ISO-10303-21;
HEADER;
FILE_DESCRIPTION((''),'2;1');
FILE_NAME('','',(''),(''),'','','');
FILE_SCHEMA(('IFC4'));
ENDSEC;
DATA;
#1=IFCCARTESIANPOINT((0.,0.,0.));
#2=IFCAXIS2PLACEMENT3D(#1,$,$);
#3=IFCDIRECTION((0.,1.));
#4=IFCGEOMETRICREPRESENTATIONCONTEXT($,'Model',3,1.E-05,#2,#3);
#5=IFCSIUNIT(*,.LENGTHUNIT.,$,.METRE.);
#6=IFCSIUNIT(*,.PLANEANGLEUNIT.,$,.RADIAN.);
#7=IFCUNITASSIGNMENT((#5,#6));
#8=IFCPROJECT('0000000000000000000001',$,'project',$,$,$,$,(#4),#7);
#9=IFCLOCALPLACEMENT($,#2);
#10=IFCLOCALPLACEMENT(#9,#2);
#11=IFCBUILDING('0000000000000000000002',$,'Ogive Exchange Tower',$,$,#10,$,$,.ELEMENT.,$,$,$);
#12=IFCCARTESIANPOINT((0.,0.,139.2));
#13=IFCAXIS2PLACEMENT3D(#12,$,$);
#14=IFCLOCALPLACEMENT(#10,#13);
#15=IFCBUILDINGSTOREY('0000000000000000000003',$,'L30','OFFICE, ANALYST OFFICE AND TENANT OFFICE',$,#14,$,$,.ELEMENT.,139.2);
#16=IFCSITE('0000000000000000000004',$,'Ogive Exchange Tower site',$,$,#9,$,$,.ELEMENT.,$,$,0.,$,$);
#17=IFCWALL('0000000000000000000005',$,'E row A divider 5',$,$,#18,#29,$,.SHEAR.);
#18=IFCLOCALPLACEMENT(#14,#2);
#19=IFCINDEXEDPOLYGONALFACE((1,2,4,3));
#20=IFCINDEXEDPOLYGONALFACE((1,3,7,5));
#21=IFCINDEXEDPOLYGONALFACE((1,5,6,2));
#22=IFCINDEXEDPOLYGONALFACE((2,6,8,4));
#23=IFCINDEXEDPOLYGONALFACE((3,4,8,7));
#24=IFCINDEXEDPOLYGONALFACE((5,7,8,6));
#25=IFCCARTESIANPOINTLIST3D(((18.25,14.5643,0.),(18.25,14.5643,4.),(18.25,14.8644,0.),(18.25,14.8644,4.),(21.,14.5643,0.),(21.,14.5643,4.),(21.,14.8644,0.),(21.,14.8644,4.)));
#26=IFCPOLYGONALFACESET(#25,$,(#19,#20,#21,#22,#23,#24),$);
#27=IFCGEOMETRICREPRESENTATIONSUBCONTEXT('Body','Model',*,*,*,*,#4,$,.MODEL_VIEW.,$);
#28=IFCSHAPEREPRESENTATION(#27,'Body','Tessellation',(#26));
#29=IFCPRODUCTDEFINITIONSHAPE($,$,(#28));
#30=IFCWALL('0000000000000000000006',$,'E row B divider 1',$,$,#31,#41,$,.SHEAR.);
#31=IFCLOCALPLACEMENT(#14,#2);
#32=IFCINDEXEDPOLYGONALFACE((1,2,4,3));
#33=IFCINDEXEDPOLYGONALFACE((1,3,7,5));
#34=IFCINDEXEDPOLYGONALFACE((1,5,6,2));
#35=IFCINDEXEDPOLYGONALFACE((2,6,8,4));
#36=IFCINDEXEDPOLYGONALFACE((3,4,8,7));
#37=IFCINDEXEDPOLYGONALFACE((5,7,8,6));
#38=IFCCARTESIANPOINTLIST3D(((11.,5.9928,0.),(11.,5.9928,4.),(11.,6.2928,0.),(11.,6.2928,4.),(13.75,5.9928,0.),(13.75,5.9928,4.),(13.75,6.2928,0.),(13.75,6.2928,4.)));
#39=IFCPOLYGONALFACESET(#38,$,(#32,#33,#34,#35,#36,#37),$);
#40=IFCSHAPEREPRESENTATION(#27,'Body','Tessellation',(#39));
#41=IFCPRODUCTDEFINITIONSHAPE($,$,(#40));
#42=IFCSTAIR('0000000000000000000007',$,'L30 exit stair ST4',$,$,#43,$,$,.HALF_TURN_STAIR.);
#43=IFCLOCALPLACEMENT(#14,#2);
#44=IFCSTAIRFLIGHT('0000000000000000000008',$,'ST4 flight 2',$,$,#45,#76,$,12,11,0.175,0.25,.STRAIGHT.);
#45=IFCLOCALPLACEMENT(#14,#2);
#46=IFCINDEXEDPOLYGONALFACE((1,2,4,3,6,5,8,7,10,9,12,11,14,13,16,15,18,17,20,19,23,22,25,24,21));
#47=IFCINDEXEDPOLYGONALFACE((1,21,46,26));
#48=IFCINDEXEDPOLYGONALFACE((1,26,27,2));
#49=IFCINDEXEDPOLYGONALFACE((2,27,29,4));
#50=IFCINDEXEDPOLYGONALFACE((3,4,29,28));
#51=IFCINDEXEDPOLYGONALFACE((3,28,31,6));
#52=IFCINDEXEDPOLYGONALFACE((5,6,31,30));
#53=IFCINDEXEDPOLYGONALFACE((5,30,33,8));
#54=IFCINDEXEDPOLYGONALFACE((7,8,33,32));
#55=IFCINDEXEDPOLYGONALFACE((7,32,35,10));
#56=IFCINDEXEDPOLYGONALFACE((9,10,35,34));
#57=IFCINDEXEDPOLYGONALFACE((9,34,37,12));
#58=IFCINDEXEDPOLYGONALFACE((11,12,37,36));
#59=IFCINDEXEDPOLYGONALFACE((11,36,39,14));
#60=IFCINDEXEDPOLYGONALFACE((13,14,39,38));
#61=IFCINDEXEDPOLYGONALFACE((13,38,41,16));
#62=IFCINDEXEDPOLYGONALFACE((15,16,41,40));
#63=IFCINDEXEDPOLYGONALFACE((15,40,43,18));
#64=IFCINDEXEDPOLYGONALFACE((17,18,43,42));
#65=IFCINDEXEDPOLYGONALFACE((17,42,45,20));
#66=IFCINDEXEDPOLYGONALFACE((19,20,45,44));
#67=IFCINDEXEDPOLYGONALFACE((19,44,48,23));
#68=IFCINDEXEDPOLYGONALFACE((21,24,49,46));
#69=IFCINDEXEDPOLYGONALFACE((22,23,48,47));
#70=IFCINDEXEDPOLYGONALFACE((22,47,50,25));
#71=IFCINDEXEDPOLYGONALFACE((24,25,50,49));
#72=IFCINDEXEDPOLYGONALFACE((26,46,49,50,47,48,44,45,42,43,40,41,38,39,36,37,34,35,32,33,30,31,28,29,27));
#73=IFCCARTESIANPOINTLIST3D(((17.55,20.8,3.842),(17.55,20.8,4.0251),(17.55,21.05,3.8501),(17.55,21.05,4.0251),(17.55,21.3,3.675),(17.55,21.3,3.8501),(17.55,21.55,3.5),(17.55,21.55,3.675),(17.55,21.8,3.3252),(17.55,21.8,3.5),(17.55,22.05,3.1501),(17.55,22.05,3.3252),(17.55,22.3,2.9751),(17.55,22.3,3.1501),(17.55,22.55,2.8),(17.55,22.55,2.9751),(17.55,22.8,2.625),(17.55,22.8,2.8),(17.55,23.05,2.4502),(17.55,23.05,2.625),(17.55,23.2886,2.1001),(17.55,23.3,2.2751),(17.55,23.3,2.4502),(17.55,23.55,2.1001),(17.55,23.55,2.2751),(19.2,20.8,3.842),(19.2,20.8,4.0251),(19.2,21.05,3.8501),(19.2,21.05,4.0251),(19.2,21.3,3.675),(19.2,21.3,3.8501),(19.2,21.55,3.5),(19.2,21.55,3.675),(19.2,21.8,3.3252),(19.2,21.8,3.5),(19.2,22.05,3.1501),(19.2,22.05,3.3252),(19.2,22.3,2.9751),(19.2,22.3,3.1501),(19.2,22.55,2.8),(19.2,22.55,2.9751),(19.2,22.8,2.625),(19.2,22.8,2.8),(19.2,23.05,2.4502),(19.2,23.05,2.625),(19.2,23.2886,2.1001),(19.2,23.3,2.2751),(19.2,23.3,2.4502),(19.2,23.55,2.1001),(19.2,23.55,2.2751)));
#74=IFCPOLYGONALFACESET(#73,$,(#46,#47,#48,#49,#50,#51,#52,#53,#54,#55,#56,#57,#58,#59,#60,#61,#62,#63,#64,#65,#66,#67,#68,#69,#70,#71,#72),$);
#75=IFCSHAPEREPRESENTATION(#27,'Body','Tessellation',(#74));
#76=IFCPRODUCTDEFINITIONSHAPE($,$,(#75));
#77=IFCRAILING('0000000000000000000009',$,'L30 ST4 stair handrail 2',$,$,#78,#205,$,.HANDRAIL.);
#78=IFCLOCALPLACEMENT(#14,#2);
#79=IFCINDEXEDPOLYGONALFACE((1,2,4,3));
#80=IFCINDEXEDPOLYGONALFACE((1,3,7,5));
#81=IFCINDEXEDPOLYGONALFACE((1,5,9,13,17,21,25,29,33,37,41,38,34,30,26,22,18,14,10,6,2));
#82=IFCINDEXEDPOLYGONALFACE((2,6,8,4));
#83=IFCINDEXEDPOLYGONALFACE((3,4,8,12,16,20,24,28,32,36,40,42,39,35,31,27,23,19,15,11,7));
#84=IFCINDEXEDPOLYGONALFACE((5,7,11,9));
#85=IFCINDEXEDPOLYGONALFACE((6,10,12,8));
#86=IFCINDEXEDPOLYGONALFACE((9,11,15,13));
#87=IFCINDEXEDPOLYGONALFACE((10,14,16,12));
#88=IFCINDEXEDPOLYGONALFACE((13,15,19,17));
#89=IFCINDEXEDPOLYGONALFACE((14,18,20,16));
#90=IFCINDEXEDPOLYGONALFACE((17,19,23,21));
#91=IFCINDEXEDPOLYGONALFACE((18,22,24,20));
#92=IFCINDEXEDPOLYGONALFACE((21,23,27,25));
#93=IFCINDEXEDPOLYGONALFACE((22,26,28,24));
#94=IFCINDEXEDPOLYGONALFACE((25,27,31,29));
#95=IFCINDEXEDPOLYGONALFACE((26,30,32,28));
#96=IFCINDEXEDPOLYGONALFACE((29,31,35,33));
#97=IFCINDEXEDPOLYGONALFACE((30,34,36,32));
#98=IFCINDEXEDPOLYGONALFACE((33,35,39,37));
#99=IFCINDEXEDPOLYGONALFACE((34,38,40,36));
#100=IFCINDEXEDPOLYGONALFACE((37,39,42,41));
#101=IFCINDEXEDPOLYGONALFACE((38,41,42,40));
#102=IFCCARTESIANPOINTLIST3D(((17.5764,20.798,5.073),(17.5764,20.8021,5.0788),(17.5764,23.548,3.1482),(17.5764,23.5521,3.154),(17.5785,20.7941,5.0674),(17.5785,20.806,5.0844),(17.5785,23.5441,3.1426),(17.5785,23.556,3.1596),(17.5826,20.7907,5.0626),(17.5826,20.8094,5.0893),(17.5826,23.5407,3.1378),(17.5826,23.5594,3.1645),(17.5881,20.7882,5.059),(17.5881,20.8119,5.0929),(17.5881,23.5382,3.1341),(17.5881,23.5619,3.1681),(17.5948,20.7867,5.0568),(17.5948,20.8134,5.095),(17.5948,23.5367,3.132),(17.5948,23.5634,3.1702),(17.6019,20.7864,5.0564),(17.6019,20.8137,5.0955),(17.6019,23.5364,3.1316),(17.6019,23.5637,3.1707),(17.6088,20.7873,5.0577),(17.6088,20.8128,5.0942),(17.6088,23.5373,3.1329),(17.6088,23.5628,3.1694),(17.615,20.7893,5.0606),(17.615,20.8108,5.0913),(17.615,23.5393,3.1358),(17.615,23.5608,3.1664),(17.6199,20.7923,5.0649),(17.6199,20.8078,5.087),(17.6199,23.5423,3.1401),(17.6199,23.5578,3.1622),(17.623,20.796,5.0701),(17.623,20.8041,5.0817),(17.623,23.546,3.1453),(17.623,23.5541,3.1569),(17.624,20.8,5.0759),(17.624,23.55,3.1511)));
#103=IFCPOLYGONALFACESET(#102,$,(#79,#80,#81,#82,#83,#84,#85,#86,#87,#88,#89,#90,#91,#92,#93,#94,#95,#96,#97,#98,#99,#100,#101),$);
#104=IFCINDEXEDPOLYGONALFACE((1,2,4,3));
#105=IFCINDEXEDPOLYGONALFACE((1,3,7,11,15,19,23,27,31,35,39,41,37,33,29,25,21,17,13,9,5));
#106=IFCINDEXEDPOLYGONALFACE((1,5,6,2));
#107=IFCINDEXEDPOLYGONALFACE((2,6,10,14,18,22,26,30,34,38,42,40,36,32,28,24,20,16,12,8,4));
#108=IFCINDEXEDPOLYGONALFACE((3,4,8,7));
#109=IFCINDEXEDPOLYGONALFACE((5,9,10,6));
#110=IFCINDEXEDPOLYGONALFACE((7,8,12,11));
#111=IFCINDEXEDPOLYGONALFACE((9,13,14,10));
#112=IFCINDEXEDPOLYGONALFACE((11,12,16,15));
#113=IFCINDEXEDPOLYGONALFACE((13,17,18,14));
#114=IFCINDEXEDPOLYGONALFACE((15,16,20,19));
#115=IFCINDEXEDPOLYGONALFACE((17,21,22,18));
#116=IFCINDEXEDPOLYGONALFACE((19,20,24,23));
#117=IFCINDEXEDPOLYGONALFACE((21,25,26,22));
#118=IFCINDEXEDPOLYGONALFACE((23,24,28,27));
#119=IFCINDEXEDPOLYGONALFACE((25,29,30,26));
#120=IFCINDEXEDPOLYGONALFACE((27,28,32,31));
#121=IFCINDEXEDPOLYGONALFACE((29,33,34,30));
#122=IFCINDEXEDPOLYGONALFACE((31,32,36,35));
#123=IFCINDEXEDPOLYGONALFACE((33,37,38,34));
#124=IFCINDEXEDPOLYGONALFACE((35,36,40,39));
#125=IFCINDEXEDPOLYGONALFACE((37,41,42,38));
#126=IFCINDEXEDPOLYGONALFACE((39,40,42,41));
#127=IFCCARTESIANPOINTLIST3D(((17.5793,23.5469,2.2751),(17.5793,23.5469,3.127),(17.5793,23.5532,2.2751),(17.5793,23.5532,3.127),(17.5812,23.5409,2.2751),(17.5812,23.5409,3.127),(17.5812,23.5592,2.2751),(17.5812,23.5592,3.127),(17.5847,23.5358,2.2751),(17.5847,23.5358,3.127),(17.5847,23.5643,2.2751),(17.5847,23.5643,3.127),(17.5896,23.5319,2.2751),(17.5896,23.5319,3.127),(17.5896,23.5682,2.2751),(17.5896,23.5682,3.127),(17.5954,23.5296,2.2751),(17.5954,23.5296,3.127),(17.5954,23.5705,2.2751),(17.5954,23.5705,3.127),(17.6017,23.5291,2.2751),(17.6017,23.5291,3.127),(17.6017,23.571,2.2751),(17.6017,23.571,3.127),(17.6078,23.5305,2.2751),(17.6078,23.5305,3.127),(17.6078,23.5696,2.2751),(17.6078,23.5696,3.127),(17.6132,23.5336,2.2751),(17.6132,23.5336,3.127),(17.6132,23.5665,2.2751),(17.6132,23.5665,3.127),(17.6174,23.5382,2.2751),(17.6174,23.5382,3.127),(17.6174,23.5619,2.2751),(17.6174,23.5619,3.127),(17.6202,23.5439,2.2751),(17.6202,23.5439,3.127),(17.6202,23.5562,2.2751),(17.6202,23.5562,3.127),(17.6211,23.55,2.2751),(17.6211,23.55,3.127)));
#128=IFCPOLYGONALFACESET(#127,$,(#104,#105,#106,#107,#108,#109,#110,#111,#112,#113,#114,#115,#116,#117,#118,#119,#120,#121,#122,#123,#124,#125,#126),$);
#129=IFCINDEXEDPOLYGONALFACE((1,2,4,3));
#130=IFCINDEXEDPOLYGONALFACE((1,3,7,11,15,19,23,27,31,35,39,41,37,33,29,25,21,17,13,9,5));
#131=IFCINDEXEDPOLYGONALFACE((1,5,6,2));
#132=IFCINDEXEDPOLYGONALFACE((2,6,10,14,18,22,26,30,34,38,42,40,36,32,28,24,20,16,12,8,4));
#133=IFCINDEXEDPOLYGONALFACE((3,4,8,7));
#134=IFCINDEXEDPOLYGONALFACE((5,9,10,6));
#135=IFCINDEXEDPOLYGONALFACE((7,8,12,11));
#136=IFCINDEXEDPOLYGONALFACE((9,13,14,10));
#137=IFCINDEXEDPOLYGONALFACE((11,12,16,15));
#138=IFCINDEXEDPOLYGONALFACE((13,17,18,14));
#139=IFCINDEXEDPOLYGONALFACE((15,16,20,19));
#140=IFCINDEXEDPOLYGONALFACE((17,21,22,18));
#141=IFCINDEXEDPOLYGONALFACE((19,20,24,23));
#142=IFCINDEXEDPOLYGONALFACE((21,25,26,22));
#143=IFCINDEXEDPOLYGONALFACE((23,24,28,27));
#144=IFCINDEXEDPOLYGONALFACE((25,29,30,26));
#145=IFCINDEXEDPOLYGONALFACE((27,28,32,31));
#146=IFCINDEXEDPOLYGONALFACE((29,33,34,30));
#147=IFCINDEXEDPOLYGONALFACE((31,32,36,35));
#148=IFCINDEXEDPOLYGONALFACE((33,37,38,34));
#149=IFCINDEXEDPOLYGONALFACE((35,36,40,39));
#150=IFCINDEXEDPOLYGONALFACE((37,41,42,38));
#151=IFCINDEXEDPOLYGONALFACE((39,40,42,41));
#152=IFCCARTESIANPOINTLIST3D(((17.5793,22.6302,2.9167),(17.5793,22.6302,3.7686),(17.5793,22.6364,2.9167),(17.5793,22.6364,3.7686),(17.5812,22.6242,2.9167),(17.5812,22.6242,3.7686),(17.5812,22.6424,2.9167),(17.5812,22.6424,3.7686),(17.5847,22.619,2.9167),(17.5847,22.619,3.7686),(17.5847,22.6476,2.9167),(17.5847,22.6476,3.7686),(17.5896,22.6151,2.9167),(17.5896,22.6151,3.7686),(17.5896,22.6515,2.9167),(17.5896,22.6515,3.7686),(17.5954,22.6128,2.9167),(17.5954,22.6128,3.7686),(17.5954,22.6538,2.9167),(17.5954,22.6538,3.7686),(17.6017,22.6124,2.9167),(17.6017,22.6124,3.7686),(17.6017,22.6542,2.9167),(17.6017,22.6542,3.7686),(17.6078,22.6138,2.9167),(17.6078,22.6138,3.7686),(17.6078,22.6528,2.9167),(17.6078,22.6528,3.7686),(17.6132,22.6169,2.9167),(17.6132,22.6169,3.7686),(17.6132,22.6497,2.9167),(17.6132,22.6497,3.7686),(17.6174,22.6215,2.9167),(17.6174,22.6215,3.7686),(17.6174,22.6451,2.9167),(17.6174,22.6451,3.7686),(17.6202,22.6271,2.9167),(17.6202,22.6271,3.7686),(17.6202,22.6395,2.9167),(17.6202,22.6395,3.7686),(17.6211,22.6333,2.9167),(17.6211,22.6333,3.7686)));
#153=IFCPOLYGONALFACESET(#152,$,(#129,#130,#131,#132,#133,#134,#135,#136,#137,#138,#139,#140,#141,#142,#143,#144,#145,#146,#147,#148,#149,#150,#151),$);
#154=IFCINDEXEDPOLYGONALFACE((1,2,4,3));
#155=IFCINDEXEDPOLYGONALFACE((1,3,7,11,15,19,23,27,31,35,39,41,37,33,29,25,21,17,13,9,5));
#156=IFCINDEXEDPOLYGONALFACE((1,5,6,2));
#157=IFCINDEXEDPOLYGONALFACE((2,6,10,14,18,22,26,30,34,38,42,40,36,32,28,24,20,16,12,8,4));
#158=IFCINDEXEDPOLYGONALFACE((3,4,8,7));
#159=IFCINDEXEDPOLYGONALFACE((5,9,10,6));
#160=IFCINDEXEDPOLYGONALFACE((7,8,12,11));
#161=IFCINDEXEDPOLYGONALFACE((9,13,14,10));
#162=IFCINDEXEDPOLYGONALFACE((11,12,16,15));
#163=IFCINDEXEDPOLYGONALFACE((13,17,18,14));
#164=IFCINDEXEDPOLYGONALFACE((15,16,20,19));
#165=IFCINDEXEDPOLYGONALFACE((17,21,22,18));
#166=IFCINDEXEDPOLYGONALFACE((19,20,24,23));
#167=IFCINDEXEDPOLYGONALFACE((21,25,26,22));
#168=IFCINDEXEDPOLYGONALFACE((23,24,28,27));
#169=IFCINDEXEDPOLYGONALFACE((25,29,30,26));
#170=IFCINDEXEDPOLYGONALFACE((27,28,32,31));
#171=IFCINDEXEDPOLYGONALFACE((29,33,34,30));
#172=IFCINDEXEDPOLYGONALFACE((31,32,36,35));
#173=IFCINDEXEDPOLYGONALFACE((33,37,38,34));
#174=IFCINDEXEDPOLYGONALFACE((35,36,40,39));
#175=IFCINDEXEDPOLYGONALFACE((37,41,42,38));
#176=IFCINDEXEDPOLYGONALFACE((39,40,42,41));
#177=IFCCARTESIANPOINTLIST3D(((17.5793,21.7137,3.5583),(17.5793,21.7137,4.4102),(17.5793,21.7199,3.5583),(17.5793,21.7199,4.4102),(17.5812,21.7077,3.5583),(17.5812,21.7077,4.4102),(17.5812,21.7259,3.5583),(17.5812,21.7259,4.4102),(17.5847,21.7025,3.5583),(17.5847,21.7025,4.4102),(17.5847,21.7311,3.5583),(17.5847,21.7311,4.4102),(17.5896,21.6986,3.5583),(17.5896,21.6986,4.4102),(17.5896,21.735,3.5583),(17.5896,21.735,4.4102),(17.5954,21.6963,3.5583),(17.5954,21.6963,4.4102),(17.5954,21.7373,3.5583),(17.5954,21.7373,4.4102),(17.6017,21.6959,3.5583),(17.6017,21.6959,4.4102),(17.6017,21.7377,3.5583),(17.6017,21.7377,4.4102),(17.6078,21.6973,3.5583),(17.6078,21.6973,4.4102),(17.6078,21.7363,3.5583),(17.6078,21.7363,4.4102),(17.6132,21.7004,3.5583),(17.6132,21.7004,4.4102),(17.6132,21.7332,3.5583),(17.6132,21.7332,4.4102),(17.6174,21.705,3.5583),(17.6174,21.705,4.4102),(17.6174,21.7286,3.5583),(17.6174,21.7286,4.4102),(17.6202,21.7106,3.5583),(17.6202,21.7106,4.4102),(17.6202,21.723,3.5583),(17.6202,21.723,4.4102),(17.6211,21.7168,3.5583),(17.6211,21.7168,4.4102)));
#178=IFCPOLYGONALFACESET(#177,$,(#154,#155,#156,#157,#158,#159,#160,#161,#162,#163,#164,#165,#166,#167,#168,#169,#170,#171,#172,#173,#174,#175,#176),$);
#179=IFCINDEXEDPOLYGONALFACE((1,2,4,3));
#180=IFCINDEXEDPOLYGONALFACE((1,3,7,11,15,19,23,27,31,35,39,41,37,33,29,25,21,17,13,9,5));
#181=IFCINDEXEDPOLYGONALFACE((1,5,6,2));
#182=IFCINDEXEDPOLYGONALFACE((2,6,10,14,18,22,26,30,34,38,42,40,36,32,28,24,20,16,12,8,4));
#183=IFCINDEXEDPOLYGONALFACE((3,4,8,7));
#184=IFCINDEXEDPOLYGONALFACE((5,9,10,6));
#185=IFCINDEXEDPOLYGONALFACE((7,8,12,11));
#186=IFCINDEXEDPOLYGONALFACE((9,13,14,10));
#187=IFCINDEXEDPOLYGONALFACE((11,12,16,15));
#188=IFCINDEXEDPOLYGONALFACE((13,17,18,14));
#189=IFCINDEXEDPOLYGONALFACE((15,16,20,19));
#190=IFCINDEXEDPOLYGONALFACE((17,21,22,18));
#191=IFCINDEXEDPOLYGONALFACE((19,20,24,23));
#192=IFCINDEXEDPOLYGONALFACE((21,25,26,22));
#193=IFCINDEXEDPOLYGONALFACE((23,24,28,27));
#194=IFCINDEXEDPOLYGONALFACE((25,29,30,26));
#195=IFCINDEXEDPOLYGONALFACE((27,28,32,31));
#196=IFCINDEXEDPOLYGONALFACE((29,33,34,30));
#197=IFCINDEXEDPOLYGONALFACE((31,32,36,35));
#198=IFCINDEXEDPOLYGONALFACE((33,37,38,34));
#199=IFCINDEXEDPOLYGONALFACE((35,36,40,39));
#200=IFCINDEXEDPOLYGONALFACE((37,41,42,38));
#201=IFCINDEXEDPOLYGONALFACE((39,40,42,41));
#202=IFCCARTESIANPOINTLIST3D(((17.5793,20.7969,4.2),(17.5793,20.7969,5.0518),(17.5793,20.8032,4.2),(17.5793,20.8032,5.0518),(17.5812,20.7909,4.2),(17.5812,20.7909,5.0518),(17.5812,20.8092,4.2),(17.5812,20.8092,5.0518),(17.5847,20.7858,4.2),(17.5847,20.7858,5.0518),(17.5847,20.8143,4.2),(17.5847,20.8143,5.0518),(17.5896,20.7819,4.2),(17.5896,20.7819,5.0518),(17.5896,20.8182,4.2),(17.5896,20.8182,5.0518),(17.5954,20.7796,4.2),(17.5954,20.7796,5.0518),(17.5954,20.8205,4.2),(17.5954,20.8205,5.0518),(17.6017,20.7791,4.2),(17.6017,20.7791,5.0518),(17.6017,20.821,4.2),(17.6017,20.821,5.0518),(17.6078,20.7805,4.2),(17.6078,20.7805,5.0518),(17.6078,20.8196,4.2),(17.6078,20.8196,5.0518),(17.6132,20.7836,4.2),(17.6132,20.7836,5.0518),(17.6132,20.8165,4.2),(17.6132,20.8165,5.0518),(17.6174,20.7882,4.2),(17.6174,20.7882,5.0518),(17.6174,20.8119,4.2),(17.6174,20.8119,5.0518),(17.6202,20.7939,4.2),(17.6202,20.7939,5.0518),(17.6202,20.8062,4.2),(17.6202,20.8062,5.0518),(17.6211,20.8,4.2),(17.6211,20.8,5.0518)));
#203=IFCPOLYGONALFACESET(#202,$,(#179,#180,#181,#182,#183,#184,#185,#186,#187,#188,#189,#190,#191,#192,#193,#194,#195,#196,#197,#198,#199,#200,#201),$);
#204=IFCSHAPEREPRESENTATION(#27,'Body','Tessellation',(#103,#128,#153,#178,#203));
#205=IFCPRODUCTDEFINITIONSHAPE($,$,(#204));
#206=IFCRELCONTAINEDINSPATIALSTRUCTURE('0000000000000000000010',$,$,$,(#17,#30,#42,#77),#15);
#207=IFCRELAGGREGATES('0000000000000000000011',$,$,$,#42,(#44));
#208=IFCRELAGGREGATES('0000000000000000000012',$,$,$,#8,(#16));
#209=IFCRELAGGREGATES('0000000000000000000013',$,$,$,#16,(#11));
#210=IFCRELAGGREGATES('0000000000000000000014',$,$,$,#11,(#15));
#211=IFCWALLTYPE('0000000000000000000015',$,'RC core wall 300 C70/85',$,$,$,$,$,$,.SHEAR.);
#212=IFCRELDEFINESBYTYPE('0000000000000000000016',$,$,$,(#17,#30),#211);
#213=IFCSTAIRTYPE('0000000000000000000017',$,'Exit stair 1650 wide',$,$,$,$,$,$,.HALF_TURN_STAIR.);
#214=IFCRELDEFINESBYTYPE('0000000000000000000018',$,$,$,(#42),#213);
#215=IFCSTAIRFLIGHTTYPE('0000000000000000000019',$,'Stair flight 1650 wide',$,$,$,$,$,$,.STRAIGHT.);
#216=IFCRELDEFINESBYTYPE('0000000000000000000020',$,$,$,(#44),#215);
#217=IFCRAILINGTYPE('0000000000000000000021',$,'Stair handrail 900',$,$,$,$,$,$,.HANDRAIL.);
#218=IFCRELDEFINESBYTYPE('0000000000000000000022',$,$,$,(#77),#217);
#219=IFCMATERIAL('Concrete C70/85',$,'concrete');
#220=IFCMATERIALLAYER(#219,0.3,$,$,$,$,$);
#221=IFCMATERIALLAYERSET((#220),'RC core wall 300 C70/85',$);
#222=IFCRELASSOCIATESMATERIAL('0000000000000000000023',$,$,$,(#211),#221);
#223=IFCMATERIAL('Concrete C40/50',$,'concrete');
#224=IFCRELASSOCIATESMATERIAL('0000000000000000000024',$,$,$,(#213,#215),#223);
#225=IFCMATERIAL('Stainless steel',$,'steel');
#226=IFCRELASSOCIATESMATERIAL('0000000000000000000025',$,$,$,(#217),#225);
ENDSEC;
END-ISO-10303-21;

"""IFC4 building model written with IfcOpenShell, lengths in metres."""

from ifc_helpers import new_model, si_unit, direction, frame, frame_2d, origin, origin_2d, place, context, subcontext, project, spatial, polyline, rectangle, circle, outline, extrude, material, layer, layer_set, type_object, element, aggregate, save


model = new_model("IFC4")

# Units and contexts
model_context = context("Model", 3, precision=1e-05, world=origin(), true_north=direction((0.0, 1.0)))
body_context = subcontext(model_context, "Body", "Model", "MODEL_VIEW")
ifc_project = project(units=[si_unit("LENGTHUNIT", "METRE"), si_unit("PLANEANGLEUNIT", "RADIAN")], contexts=[model_context])

# Site, building, storey
site_placement = place(None, origin())
site = spatial("IfcSite", under=ifc_project, at=site_placement, Name="Ogive Exchange Tower site", CompositionType="ELEMENT", RefElevation=0.0)
building_placement = place(site_placement, origin())
building = spatial("IfcBuilding", under=site, at=building_placement, Name="Ogive Exchange Tower", CompositionType="ELEMENT")
storey_placement = place(building_placement, frame((0.0, 0.0, 139.2)))
storey = spatial("IfcBuildingStorey", under=building, at=storey_placement, Name="L30", Description="OFFICE, ANALYST OFFICE AND TENANT OFFICE", CompositionType="ELEMENT", Elevation=139.2)

# Shared definitions
ifc_material_1 = material(Name="Concrete C70/85", Category="concrete")

# Shared definitions
ifc_material_2 = material(Name="Stainless steel", Category="steel")

# Walls
ifc_layer_1 = layer(ifc_material_1, 0.3)
ifc_layer_set_1 = layer_set([ifc_layer_1], Name="RC core wall 300 C70/85")
wall_type_1 = type_object("IfcWallType", Name="RC core wall 300 C70/85", PredefinedType="SHEAR", material=ifc_layer_set_1)
for number, where, z_axis, x_axis, name in (
    (1, (18.25, 14.7144, 0.0), (0.0, 0.0, 1.0), (1.0, 0.0, 0.0), "E row A divider 5"),
    (2, (11.0, 6.1428, 0.0), (0.0, 0.0, 1.0), (1.0, 0.0, 0.0), "E row B divider 1"),
):
    element("IfcWall", number, at=place(storey_placement, frame(where, z_axis=z_axis, x_axis=x_axis)), inside=storey, type_object=wall_type_1, Name=name, PredefinedType="SHEAR", context=body_context, shape_type="SweptSolid", body=[
        extrude(rectangle(XDim=2.75, YDim=0.3, at=frame_2d((1.375, 0.0))), origin(), (0.0, 0.0, 1.0), 4.0),
    ])

# Stair, stair flight
ifc_material_3 = material(Name="Concrete C40/50", Category="concrete")
stair_type = type_object("IfcStairType", Name="Exit stair 1650 wide", PredefinedType="HALF_TURN_STAIR", material=ifc_material_3)
stair_placement = place(storey_placement, origin())
stair = element("IfcStair", 3, at=stair_placement, inside=storey, type_object=stair_type, Name="L30 exit stair ST4", PredefinedType="HALF_TURN_STAIR")
stair_flight_type = type_object("IfcStairFlightType", Name="Stair flight 1650 wide", PredefinedType="STRAIGHT", material=ifc_material_3)
stair_flight_placement = place(storey_placement, frame((18.375, 23.55, 2.1001), z_axis=(0.0, 0.0, 1.0), x_axis=(0.0, -1.0, 0.0)))
stair_flight = element("IfcStairFlight", 4, at=stair_flight_placement, type_object=stair_flight_type, Name="ST4 flight 2", NumberOfRisers=12, NumberOfTreads=11, PredefinedType="STRAIGHT", RiserHeight=0.175, TreadLength=0.25, context=body_context, shape_type="SweptSolid", body=[
    extrude(outline(polyline([(0.0, 0.0), (0.0, 0.175), (0.25, 0.175), (0.25, 0.3501), (0.5, 0.3501), (0.5, 0.5249), (0.75, 0.5249), (0.75, 0.7), (1.0, 0.7), (1.0, 0.875), (1.25, 0.875), (1.25, 1.05), (1.5, 1.05), (1.5, 1.2251), (1.75, 1.2251), (1.75, 1.3999), (2.0, 1.3999), (2.0, 1.575), (2.25, 1.575), (2.25, 1.75), (2.5, 1.75), (2.5, 1.925), (2.75, 1.925), (2.75, 2.1001), (2.75, 1.7419), (0.2615, 0.0), (0.0, 0.0)])), frame((0.0, 0.825, 0.0), z_axis=(0.0, -1.0, 0.0), x_axis=(1.0, 0.0, 0.0)), (0.0, 0.0, 1.0), 1.6499),
])
aggregate(stair, [stair_flight])

# Railing
railing_type = type_object("IfcRailingType", Name="Stair handrail 900", PredefinedType="HANDRAIL", material=ifc_material_2)
railing_placement = place(storey_placement, frame((17.6001, 23.55, 2.2751)))
element("IfcRailing", 5, at=railing_placement, inside=storey, type_object=railing_type, Name="L30 ST4 stair handrail 2", PredefinedType="HANDRAIL", context=body_context, shape_type="SweptSolid", body=[
    extrude(circle(Radius=0.0239, at=origin_2d()), frame((0.0, 0.0, 0.876), z_axis=(0.0, -0.819259, 0.573423), x_axis=(1.0, 0.0, 0.0)), (0.0, 0.0, 1.0), 3.3567),
    extrude(circle(Radius=0.021, at=origin_2d()), origin(), (0.0, 0.0, 1.0), 0.8518),
    extrude(circle(Radius=0.021, at=origin_2d()), frame((0.0, -0.9167, 0.6416)), (0.0, 0.0, 1.0), 0.8518),
    extrude(circle(Radius=0.021, at=origin_2d()), frame((0.0, -1.8333, 1.2832)), (0.0, 0.0, 1.0), 0.8518),
    extrude(circle(Radius=0.021, at=origin_2d()), frame((0.0, -2.75, 1.9248)), (0.0, 0.0, 1.0), 0.8518),
])

save(model, "model.ifc")
